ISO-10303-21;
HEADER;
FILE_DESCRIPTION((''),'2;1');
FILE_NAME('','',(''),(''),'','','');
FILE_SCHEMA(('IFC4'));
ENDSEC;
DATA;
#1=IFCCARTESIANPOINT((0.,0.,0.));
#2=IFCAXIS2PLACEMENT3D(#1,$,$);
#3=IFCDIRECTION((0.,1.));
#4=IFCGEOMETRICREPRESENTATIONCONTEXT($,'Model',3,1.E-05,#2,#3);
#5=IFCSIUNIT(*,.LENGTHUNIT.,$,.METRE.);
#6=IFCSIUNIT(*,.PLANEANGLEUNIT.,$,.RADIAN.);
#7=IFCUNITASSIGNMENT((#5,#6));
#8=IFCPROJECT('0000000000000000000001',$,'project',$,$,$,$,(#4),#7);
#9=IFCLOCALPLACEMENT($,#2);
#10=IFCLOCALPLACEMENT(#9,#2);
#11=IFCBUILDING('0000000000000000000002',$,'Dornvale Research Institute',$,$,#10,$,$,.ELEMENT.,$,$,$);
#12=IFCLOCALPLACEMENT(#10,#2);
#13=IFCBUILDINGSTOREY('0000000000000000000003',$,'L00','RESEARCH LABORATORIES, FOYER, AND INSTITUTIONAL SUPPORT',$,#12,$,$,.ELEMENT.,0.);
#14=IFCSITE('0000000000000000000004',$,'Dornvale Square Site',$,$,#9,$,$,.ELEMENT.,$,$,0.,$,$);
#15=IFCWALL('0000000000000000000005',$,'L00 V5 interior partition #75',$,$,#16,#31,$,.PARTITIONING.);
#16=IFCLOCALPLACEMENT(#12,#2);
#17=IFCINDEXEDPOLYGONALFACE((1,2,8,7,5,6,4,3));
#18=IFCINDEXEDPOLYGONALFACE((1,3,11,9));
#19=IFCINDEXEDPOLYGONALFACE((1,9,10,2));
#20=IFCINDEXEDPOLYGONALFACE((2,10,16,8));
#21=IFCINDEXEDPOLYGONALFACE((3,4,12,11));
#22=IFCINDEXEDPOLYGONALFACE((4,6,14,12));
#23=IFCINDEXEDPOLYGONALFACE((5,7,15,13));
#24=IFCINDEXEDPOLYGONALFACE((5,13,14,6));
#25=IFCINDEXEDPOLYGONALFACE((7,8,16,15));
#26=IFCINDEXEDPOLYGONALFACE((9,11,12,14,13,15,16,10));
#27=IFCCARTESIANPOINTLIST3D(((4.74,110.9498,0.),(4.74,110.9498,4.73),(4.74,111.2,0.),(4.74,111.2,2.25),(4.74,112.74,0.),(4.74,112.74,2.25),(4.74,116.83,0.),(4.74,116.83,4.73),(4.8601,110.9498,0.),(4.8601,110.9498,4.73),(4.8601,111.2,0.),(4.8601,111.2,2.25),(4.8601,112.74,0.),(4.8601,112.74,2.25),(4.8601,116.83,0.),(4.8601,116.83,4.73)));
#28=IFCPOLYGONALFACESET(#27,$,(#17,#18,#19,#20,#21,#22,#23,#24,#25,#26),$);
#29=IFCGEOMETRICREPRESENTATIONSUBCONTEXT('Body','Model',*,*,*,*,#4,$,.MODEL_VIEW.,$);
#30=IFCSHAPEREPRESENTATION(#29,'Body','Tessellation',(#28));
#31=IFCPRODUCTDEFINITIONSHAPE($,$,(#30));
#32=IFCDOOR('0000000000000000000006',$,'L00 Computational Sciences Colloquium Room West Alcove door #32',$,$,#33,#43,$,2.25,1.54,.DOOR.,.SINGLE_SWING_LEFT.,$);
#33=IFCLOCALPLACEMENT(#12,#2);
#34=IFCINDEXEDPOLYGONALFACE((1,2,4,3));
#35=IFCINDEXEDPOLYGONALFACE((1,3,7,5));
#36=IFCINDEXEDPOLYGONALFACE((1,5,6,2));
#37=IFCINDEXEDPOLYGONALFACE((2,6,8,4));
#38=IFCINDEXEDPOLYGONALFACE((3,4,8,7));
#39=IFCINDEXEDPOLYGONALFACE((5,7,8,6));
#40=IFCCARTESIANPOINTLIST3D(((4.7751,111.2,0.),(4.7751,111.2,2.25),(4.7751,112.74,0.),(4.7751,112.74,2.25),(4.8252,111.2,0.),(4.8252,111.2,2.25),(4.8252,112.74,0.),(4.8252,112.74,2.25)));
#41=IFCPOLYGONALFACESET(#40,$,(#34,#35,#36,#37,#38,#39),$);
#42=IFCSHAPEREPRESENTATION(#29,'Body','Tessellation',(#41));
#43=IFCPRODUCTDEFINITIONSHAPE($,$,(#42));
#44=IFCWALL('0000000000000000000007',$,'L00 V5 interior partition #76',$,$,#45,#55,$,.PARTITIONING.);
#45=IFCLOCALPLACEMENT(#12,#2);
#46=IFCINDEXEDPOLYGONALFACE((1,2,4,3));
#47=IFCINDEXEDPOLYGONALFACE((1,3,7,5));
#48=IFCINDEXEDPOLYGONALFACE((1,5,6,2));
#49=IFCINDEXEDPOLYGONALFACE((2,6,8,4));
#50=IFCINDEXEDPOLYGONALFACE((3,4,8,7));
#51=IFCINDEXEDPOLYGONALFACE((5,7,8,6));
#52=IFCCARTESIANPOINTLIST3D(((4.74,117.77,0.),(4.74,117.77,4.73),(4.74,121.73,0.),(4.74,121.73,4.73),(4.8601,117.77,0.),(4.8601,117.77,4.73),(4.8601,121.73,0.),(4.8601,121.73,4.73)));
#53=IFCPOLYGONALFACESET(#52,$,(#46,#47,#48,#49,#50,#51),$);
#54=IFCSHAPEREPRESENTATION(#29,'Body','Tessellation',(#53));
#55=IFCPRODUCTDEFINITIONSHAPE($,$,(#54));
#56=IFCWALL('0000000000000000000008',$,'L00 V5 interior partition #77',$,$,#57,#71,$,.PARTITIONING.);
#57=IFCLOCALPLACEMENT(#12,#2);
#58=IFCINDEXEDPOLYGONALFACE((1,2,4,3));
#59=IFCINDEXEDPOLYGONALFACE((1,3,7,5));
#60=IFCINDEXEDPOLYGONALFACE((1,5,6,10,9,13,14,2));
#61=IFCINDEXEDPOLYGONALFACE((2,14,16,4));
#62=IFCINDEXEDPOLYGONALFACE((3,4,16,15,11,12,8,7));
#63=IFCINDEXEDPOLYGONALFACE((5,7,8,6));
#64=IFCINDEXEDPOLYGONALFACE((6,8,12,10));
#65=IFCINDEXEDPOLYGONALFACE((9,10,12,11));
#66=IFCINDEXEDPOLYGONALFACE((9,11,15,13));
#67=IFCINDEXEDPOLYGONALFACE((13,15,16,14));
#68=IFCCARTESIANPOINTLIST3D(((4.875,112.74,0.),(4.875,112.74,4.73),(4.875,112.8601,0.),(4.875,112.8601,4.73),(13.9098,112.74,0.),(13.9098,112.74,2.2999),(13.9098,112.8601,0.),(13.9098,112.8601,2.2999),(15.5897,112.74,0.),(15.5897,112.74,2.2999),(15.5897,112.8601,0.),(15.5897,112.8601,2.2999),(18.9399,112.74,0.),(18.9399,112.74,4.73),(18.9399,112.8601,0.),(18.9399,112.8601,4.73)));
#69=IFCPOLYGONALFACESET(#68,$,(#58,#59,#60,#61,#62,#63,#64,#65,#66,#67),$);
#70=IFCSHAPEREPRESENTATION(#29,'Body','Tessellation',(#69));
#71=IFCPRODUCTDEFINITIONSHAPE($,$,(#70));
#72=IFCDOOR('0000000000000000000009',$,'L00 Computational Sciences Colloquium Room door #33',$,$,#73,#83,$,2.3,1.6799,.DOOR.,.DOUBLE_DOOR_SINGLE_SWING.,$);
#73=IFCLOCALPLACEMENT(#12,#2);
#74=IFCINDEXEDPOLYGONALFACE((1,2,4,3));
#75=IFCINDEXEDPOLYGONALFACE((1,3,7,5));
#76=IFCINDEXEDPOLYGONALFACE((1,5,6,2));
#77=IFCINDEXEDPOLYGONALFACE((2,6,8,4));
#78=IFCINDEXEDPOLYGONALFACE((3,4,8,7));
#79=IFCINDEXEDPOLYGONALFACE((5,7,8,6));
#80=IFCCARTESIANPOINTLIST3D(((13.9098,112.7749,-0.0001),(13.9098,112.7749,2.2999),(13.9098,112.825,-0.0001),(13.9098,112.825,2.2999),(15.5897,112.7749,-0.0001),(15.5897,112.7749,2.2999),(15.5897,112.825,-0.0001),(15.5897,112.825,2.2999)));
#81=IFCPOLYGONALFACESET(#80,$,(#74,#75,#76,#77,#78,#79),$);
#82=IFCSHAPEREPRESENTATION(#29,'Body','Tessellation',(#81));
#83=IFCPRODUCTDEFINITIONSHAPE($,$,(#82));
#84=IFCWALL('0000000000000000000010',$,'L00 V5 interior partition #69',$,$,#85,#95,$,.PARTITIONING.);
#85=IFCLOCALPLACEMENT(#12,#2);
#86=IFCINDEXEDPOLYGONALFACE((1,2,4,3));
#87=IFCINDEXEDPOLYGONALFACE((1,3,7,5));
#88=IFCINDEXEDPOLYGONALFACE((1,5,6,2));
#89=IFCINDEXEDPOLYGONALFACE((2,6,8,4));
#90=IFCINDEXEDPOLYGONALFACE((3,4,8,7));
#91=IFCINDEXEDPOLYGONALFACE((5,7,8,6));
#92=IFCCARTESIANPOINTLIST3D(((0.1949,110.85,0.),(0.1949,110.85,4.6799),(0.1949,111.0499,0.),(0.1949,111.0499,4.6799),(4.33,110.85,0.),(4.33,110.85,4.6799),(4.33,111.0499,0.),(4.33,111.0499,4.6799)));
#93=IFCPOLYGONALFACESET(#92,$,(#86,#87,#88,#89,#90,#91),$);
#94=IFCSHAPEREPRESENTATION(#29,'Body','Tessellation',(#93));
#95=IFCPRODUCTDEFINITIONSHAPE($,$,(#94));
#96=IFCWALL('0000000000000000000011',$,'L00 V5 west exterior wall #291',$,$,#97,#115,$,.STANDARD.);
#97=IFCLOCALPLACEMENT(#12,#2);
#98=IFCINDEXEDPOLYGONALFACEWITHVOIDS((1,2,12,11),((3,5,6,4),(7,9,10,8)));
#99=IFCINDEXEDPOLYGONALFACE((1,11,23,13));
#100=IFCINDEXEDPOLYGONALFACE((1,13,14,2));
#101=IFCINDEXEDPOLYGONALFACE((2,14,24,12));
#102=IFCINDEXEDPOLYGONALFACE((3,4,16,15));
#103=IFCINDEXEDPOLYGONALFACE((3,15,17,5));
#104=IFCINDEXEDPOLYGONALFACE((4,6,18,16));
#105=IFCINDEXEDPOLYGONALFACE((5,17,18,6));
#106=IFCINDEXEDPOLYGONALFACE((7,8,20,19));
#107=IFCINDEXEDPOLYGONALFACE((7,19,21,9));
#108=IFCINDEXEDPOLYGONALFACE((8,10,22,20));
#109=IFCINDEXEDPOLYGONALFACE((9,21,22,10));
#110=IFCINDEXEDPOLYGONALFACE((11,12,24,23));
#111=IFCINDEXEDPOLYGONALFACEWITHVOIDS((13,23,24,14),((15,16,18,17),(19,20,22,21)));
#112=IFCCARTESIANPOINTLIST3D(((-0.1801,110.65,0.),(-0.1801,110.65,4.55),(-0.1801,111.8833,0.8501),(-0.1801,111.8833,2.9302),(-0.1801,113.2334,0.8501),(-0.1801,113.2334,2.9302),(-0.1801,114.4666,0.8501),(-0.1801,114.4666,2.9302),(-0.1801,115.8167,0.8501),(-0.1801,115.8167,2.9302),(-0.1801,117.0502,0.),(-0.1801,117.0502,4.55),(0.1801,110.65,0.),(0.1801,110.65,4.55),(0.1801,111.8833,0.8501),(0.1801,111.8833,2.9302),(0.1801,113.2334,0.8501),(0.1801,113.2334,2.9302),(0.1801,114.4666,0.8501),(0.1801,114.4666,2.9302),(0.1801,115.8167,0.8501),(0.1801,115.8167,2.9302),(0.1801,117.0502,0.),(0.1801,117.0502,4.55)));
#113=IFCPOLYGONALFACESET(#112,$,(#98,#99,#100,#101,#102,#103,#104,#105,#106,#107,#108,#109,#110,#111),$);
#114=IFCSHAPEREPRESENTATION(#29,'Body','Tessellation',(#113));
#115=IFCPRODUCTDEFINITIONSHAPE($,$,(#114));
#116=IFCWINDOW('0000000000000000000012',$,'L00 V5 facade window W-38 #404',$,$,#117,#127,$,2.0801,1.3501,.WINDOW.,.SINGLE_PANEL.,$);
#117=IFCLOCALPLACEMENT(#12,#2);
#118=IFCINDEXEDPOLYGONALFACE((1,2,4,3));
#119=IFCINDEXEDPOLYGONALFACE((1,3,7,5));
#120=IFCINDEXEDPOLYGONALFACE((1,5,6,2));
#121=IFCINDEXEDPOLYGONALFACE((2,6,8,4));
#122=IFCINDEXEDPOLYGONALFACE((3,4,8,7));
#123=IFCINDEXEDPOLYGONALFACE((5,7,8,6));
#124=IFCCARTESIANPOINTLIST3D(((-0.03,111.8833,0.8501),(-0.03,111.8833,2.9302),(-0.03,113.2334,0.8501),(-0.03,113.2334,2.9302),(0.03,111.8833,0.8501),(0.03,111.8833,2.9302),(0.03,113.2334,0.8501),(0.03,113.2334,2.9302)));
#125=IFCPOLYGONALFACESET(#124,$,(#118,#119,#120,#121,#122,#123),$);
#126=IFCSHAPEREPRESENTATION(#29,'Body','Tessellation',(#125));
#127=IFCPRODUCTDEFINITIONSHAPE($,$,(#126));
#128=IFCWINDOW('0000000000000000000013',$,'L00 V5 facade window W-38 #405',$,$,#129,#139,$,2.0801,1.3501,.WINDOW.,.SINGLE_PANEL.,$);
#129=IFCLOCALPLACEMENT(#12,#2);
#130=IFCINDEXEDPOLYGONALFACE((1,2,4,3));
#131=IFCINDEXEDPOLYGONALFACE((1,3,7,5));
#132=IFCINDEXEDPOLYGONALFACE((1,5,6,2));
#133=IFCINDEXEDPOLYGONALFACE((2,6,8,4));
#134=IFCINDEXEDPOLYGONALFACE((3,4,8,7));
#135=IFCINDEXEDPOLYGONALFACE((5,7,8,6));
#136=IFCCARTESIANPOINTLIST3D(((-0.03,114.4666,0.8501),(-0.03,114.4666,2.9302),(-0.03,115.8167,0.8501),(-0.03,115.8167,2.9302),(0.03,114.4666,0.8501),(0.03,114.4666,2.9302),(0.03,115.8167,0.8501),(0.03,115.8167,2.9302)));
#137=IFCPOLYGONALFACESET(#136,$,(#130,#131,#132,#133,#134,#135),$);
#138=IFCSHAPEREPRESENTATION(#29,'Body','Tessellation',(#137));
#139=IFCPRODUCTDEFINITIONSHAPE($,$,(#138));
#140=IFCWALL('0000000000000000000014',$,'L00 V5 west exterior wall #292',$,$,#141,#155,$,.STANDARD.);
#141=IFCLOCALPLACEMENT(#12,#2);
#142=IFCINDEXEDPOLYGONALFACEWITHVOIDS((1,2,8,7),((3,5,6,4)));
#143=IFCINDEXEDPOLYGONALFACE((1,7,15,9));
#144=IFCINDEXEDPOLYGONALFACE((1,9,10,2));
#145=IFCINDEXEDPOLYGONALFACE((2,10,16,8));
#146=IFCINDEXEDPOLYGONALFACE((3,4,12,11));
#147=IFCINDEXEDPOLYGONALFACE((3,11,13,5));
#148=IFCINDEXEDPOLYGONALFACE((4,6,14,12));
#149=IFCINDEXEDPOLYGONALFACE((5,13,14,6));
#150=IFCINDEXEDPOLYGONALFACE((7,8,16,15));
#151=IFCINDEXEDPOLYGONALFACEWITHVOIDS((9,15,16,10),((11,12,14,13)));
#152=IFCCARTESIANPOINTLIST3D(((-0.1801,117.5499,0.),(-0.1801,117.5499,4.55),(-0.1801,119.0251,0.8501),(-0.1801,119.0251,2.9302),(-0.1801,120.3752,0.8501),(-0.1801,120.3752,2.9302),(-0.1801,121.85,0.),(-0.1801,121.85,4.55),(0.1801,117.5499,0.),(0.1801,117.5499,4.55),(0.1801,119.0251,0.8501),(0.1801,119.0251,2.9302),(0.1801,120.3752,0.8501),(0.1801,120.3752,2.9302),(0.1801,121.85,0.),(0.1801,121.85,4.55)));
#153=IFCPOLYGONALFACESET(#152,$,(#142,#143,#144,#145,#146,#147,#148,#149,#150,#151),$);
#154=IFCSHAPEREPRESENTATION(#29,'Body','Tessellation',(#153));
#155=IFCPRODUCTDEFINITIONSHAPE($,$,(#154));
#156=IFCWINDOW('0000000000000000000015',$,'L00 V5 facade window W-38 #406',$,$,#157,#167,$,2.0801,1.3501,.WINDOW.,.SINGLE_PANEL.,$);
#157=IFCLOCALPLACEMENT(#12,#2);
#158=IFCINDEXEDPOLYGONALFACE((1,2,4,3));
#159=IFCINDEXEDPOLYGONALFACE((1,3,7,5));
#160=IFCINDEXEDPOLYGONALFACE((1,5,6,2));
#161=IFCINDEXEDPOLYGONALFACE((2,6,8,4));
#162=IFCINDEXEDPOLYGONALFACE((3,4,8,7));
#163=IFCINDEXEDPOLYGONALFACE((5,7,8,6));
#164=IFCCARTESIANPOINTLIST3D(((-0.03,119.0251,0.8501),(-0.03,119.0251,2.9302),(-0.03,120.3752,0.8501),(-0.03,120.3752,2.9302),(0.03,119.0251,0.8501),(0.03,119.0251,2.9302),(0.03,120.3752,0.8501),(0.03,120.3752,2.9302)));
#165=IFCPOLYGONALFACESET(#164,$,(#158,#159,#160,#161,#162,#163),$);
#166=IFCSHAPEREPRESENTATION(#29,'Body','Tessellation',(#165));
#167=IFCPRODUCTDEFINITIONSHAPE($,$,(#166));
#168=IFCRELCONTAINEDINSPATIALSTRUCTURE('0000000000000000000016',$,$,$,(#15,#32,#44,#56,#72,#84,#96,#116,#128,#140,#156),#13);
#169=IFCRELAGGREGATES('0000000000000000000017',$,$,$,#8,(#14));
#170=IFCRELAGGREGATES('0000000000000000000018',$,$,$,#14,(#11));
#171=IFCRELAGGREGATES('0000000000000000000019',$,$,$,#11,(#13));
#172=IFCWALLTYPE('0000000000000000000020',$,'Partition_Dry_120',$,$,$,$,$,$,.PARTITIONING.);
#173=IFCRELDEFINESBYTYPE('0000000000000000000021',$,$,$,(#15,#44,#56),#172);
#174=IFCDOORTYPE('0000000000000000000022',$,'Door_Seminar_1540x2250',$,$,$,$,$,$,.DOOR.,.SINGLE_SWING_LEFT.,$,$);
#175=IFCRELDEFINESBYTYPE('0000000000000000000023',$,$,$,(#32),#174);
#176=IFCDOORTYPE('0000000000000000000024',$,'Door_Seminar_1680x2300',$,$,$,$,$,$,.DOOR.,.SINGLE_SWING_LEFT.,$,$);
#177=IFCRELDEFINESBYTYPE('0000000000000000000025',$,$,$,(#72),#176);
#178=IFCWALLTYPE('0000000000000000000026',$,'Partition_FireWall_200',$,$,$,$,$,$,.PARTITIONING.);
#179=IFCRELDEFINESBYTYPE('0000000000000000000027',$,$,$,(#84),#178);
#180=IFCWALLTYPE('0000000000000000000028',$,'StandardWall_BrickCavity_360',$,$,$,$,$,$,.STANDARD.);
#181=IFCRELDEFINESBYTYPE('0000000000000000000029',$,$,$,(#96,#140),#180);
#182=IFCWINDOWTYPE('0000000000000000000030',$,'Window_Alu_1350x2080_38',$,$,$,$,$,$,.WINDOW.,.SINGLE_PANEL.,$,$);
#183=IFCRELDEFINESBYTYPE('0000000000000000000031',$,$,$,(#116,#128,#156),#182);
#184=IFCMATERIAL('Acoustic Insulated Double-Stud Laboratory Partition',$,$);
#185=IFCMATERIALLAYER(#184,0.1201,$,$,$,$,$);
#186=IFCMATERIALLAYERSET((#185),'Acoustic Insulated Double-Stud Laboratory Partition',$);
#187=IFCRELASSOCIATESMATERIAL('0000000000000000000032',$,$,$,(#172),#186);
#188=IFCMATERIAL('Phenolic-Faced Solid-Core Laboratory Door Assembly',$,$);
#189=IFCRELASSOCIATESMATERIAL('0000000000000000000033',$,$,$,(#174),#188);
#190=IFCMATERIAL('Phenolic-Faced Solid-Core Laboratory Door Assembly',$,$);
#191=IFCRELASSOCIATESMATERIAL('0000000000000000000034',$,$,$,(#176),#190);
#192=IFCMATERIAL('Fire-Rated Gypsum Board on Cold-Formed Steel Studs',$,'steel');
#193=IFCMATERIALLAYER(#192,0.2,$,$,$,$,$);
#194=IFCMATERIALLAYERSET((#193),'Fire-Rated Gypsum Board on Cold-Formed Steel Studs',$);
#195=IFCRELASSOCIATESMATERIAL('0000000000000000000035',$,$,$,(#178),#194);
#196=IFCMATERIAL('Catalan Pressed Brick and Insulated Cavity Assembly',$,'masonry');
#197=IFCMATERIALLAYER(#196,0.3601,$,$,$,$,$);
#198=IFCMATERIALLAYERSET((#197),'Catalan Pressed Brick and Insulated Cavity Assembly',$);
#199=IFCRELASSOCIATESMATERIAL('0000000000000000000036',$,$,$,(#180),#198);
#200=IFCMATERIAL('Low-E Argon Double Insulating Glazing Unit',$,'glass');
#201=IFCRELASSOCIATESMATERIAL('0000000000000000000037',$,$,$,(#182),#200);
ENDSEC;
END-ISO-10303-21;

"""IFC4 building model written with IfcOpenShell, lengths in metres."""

from ifc_helpers import new_model, si_unit, direction, frame, frame_2d, origin, place, context, subcontext, project, spatial, rectangle, extrude, material, layer, layer_set, type_object, element, fill, save


model = new_model("IFC4")

# Units and contexts
model_context = context("Model", 3, precision=1e-05, world=origin(), true_north=direction((0.0, 1.0)))
body_context = subcontext(model_context, "Body", "Model", "MODEL_VIEW")
ifc_project = project(units=[si_unit("LENGTHUNIT", "METRE"), si_unit("PLANEANGLEUNIT", "RADIAN")], contexts=[model_context])

# Site, building, storey
site_placement = place(None, origin())
site = spatial("IfcSite", under=ifc_project, at=site_placement, Name="Dornvale Square Site", CompositionType="ELEMENT", RefElevation=0.0)
building_placement = place(site_placement, origin())
building = spatial("IfcBuilding", under=site, at=building_placement, Name="Dornvale Research Institute", CompositionType="ELEMENT")
storey_placement = place(building_placement, origin())
storey = spatial("IfcBuildingStorey", under=building, at=storey_placement, Name="L00", Description="RESEARCH LABORATORIES, FOYER, AND INSTITUTIONAL SUPPORT", CompositionType="ELEMENT", Elevation=0.0)

# Wall, opening, door
ifc_material_1 = material(Name="Acoustic Insulated Double-Stud Laboratory Partition")
ifc_layer_1 = layer(ifc_material_1, 0.1201)
ifc_layer_set_1 = layer_set([ifc_layer_1], Name="Acoustic Insulated Double-Stud Laboratory Partition")
wall_type_1 = type_object("IfcWallType", Name="Partition_Dry_120", PredefinedType="PARTITIONING", material=ifc_layer_set_1)
wall_1_placement = place(storey_placement, frame((4.8, 110.95, 0.0), z_axis=(0.0, 0.0, 1.0), x_axis=(0.0, 1.0, 0.0)))
wall_1 = element("IfcWall", 1, at=wall_1_placement, inside=storey, type_object=wall_type_1, Name="L00 V5 interior partition #75", PredefinedType="PARTITIONING", context=body_context, shape_type="SweptSolid", body=[
    extrude(rectangle(XDim=5.8801, YDim=0.1201, at=frame_2d((2.9399, 0.0))), origin(), (0.0, 0.0, 1.0), 4.73),
])
opening_1_placement = place(wall_1_placement, frame((0.25, 0.0, 0.0)))
opening_1 = element("IfcOpeningElement", 2, at=opening_1_placement, cuts=wall_1, PredefinedType="OPENING", context=body_context, shape_type="SweptSolid", body=[
    extrude(rectangle(XDim=1.54, YDim=2.25, at=frame_2d((0.77, 1.125))), frame((0.0, 0.075, 0.0), z_axis=(0.0, -1.0, 0.0), x_axis=(1.0, 0.0, 0.0)), (0.0, 0.0, 1.0), 0.1501),
])
ifc_material_2 = material(Name="Phenolic-Faced Solid-Core Laboratory Door Assembly")
door_type_1 = type_object("IfcDoorType", Name="Door_Seminar_1540x2250", OperationType="SINGLE_SWING_LEFT", PredefinedType="DOOR", material=ifc_material_2)
door_1_placement = place(opening_1_placement, origin())
door_1 = element("IfcDoor", 3, at=door_1_placement, inside=storey, type_object=door_type_1, Name="L00 Computational Sciences Colloquium Room West Alcove door #32", OperationType="SINGLE_SWING_LEFT", OverallHeight=2.25, OverallWidth=1.54, PredefinedType="DOOR", context=body_context, shape_type="SweptSolid", body=[
    extrude(rectangle(XDim=1.54, YDim=2.25, at=frame_2d((0.77, 1.125))), frame((0.0, 0.0249, 0.0), z_axis=(0.0, -1.0, 0.0), x_axis=(1.0, 0.0, 0.0)), (0.0, 0.0, 1.0), 0.05),
])
fill(opening_1, door_1)

# Wall
wall_2_placement = place(storey_placement, frame((4.8, 117.77, 0.0), z_axis=(0.0, 0.0, 1.0), x_axis=(0.0, 1.0, 0.0)))
element("IfcWall", 4, at=wall_2_placement, inside=storey, type_object=wall_type_1, Name="L00 V5 interior partition #76", PredefinedType="PARTITIONING", context=body_context, shape_type="SweptSolid", body=[
    extrude(rectangle(XDim=3.96, YDim=0.1201, at=frame_2d((1.98, 0.0))), origin(), (0.0, 0.0, 1.0), 4.73),
])

# Wall, opening, door
wall_3_placement = place(storey_placement, frame((4.875, 112.8, 0.0), z_axis=(0.0, 0.0, 1.0), x_axis=(1.0, 0.0, 0.0)))
wall_3 = element("IfcWall", 5, at=wall_3_placement, inside=storey, type_object=wall_type_1, Name="L00 V5 interior partition #77", PredefinedType="PARTITIONING", context=body_context, shape_type="SweptSolid", body=[
    extrude(rectangle(XDim=14.0649, YDim=0.1201, at=frame_2d((7.0325, 0.0))), origin(), (0.0, 0.0, 1.0), 4.73),
])
opening_2_placement = place(wall_3_placement, frame((9.0349, 0.0, 0.0)))
opening_2 = element("IfcOpeningElement", 6, at=opening_2_placement, cuts=wall_3, PredefinedType="OPENING", context=body_context, shape_type="SweptSolid", body=[
    extrude(rectangle(XDim=1.6799, YDim=2.3, at=frame_2d((0.8398, 1.1499))), frame((0.0, 0.075, 0.0), z_axis=(0.0, -1.0, 0.0), x_axis=(1.0, 0.0, 0.0)), (0.0, 0.0, 1.0), 0.1501),
])
ifc_material_3 = material(Name="Phenolic-Faced Solid-Core Laboratory Door Assembly")
door_type_2 = type_object("IfcDoorType", Name="Door_Seminar_1680x2300", OperationType="SINGLE_SWING_LEFT", PredefinedType="DOOR", material=ifc_material_3)
door_2_placement = place(opening_2_placement, origin())
door_2 = element("IfcDoor", 7, at=door_2_placement, inside=storey, type_object=door_type_2, Name="L00 Computational Sciences Colloquium Room door #33", OperationType="DOUBLE_DOOR_SINGLE_SWING", OverallHeight=2.3, OverallWidth=1.6799, PredefinedType="DOOR", context=body_context, shape_type="SweptSolid", body=[
    extrude(rectangle(XDim=1.6799, YDim=2.3, at=frame_2d((0.8398, 1.1499))), frame((0.0, 0.0249, 0.0), z_axis=(0.0, -1.0, 0.0), x_axis=(1.0, 0.0, 0.0)), (0.0, 0.0, 1.0), 0.05),
])
fill(opening_2, door_2)

# Wall
ifc_material_4 = material(Name="Fire-Rated Gypsum Board on Cold-Formed Steel Studs", Category="steel")
ifc_layer_2 = layer(ifc_material_4, 0.2)
ifc_layer_set_2 = layer_set([ifc_layer_2], Name="Fire-Rated Gypsum Board on Cold-Formed Steel Studs")
wall_type_2 = type_object("IfcWallType", Name="Partition_FireWall_200", PredefinedType="PARTITIONING", material=ifc_layer_set_2)
wall_4_placement = place(storey_placement, frame((0.1951, 110.95, 0.0), z_axis=(0.0, 0.0, 1.0), x_axis=(1.0, 0.0, 0.0)))
element("IfcWall", 8, at=wall_4_placement, inside=storey, type_object=wall_type_2, Name="L00 V5 interior partition #69", PredefinedType="PARTITIONING", context=body_context, shape_type="SweptSolid", body=[
    extrude(rectangle(XDim=4.135, YDim=0.2, at=frame_2d((2.0674, 0.0))), origin(), (0.0, 0.0, 1.0), 4.6799),
])

# Wall, openings, windows
ifc_material_5 = material(Name="Catalan Pressed Brick and Insulated Cavity Assembly", Category="masonry")
ifc_layer_3 = layer(ifc_material_5, 0.3601)
ifc_layer_set_3 = layer_set([ifc_layer_3], Name="Catalan Pressed Brick and Insulated Cavity Assembly")
wall_type_3 = type_object("IfcWallType", Name="StandardWall_BrickCavity_360", PredefinedType="STANDARD", material=ifc_layer_set_3)
wall_5_placement = place(storey_placement, frame((0.0, 110.6499, 0.0), z_axis=(0.0, 0.0, 1.0), x_axis=(0.0, 1.0, 0.0)))
wall_5 = element("IfcWall", 9, at=wall_5_placement, inside=storey, type_object=wall_type_3, Name="L00 V5 west exterior wall #291", PredefinedType="STANDARD", context=body_context, shape_type="SweptSolid", body=[
    extrude(rectangle(XDim=6.4001, YDim=0.3601, at=frame_2d((3.2002, 0.0))), origin(), (0.0, 0.0, 1.0), 4.55),
])
opening_3_placement = place(wall_5_placement, frame((1.2334, 0.0, 0.8501)))
opening_3 = element("IfcOpeningElement", 10, at=opening_3_placement, cuts=wall_5, PredefinedType="OPENING", context=body_context, shape_type="SweptSolid", body=[
    extrude(rectangle(XDim=1.3501, YDim=2.0801, at=frame_2d((0.675, 1.04))), frame((0.0, 0.1951, 0.0), z_axis=(0.0, -1.0, 0.0), x_axis=(1.0, 0.0, 0.0)), (0.0, 0.0, 1.0), 0.3901),
])
opening_4_placement = place(wall_5_placement, frame((3.8167, 0.0, 0.8501)))
opening_4 = element("IfcOpeningElement", 11, at=opening_4_placement, cuts=wall_5, PredefinedType="OPENING", context=body_context, shape_type="SweptSolid", body=[
    extrude(rectangle(XDim=1.3501, YDim=2.0801, at=frame_2d((0.675, 1.04))), frame((0.0, 0.1951, 0.0), z_axis=(0.0, -1.0, 0.0), x_axis=(1.0, 0.0, 0.0)), (0.0, 0.0, 1.0), 0.3901),
])
ifc_material_6 = material(Name="Low-E Argon Double Insulating Glazing Unit", Category="glass")
window_type = type_object("IfcWindowType", Name="Window_Alu_1350x2080_38", PartitioningType="SINGLE_PANEL", PredefinedType="WINDOW", material=ifc_material_6)
window_1_placement = place(opening_3_placement, origin())
window_1 = element("IfcWindow", 12, at=window_1_placement, inside=storey, type_object=window_type, Name="L00 V5 facade window W-38 #404", OverallHeight=2.0801, OverallWidth=1.3501, PartitioningType="SINGLE_PANEL", PredefinedType="WINDOW", context=body_context, shape_type="SweptSolid", body=[
    extrude(rectangle(XDim=1.3501, YDim=2.0801, at=frame_2d((0.675, 1.04))), frame((0.0, 0.03, 0.0), z_axis=(0.0, -1.0, 0.0), x_axis=(1.0, 0.0, 0.0)), (0.0, 0.0, 1.0), 0.0601),
])
fill(opening_3, window_1)
window_2_placement = place(opening_4_placement, origin())
window_2 = element("IfcWindow", 13, at=window_2_placement, inside=storey, type_object=window_type, Name="L00 V5 facade window W-38 #405", OverallHeight=2.0801, OverallWidth=1.3501, PartitioningType="SINGLE_PANEL", PredefinedType="WINDOW", context=body_context, shape_type="SweptSolid", body=[
    extrude(rectangle(XDim=1.3501, YDim=2.0801, at=frame_2d((0.675, 1.04))), frame((0.0, 0.03, 0.0), z_axis=(0.0, -1.0, 0.0), x_axis=(1.0, 0.0, 0.0)), (0.0, 0.0, 1.0), 0.0601),
])
fill(opening_4, window_2)

# Wall, opening, window
wall_6_placement = place(storey_placement, frame((0.0, 117.55, 0.0), z_axis=(0.0, 0.0, 1.0), x_axis=(0.0, 1.0, 0.0)))
wall_6 = element("IfcWall", 14, at=wall_6_placement, inside=storey, type_object=wall_type_3, Name="L00 V5 west exterior wall #292", PredefinedType="STANDARD", context=body_context, shape_type="SweptSolid", body=[
    extrude(rectangle(XDim=4.3, YDim=0.3601, at=frame_2d((2.1499, 0.0))), origin(), (0.0, 0.0, 1.0), 4.55),
])
opening_5_placement = place(wall_6_placement, frame((1.4751, 0.0, 0.8501)))
opening_5 = element("IfcOpeningElement", 15, at=opening_5_placement, cuts=wall_6, PredefinedType="OPENING", context=body_context, shape_type="SweptSolid", body=[
    extrude(rectangle(XDim=1.3501, YDim=2.0801, at=frame_2d((0.675, 1.04))), frame((0.0, 0.1951, 0.0), z_axis=(0.0, -1.0, 0.0), x_axis=(1.0, 0.0, 0.0)), (0.0, 0.0, 1.0), 0.3901),
])
window_3_placement = place(opening_5_placement, origin())
window_3 = element("IfcWindow", 16, at=window_3_placement, inside=storey, type_object=window_type, Name="L00 V5 facade window W-38 #406", OverallHeight=2.0801, OverallWidth=1.3501, PartitioningType="SINGLE_PANEL", PredefinedType="WINDOW", context=body_context, shape_type="SweptSolid", body=[
    extrude(rectangle(XDim=1.3501, YDim=2.0801, at=frame_2d((0.675, 1.04))), frame((0.0, 0.03, 0.0), z_axis=(0.0, -1.0, 0.0), x_axis=(1.0, 0.0, 0.0)), (0.0, 0.0, 1.0), 0.0601),
])
fill(opening_5, window_3)

save(model, "model.ifc")
